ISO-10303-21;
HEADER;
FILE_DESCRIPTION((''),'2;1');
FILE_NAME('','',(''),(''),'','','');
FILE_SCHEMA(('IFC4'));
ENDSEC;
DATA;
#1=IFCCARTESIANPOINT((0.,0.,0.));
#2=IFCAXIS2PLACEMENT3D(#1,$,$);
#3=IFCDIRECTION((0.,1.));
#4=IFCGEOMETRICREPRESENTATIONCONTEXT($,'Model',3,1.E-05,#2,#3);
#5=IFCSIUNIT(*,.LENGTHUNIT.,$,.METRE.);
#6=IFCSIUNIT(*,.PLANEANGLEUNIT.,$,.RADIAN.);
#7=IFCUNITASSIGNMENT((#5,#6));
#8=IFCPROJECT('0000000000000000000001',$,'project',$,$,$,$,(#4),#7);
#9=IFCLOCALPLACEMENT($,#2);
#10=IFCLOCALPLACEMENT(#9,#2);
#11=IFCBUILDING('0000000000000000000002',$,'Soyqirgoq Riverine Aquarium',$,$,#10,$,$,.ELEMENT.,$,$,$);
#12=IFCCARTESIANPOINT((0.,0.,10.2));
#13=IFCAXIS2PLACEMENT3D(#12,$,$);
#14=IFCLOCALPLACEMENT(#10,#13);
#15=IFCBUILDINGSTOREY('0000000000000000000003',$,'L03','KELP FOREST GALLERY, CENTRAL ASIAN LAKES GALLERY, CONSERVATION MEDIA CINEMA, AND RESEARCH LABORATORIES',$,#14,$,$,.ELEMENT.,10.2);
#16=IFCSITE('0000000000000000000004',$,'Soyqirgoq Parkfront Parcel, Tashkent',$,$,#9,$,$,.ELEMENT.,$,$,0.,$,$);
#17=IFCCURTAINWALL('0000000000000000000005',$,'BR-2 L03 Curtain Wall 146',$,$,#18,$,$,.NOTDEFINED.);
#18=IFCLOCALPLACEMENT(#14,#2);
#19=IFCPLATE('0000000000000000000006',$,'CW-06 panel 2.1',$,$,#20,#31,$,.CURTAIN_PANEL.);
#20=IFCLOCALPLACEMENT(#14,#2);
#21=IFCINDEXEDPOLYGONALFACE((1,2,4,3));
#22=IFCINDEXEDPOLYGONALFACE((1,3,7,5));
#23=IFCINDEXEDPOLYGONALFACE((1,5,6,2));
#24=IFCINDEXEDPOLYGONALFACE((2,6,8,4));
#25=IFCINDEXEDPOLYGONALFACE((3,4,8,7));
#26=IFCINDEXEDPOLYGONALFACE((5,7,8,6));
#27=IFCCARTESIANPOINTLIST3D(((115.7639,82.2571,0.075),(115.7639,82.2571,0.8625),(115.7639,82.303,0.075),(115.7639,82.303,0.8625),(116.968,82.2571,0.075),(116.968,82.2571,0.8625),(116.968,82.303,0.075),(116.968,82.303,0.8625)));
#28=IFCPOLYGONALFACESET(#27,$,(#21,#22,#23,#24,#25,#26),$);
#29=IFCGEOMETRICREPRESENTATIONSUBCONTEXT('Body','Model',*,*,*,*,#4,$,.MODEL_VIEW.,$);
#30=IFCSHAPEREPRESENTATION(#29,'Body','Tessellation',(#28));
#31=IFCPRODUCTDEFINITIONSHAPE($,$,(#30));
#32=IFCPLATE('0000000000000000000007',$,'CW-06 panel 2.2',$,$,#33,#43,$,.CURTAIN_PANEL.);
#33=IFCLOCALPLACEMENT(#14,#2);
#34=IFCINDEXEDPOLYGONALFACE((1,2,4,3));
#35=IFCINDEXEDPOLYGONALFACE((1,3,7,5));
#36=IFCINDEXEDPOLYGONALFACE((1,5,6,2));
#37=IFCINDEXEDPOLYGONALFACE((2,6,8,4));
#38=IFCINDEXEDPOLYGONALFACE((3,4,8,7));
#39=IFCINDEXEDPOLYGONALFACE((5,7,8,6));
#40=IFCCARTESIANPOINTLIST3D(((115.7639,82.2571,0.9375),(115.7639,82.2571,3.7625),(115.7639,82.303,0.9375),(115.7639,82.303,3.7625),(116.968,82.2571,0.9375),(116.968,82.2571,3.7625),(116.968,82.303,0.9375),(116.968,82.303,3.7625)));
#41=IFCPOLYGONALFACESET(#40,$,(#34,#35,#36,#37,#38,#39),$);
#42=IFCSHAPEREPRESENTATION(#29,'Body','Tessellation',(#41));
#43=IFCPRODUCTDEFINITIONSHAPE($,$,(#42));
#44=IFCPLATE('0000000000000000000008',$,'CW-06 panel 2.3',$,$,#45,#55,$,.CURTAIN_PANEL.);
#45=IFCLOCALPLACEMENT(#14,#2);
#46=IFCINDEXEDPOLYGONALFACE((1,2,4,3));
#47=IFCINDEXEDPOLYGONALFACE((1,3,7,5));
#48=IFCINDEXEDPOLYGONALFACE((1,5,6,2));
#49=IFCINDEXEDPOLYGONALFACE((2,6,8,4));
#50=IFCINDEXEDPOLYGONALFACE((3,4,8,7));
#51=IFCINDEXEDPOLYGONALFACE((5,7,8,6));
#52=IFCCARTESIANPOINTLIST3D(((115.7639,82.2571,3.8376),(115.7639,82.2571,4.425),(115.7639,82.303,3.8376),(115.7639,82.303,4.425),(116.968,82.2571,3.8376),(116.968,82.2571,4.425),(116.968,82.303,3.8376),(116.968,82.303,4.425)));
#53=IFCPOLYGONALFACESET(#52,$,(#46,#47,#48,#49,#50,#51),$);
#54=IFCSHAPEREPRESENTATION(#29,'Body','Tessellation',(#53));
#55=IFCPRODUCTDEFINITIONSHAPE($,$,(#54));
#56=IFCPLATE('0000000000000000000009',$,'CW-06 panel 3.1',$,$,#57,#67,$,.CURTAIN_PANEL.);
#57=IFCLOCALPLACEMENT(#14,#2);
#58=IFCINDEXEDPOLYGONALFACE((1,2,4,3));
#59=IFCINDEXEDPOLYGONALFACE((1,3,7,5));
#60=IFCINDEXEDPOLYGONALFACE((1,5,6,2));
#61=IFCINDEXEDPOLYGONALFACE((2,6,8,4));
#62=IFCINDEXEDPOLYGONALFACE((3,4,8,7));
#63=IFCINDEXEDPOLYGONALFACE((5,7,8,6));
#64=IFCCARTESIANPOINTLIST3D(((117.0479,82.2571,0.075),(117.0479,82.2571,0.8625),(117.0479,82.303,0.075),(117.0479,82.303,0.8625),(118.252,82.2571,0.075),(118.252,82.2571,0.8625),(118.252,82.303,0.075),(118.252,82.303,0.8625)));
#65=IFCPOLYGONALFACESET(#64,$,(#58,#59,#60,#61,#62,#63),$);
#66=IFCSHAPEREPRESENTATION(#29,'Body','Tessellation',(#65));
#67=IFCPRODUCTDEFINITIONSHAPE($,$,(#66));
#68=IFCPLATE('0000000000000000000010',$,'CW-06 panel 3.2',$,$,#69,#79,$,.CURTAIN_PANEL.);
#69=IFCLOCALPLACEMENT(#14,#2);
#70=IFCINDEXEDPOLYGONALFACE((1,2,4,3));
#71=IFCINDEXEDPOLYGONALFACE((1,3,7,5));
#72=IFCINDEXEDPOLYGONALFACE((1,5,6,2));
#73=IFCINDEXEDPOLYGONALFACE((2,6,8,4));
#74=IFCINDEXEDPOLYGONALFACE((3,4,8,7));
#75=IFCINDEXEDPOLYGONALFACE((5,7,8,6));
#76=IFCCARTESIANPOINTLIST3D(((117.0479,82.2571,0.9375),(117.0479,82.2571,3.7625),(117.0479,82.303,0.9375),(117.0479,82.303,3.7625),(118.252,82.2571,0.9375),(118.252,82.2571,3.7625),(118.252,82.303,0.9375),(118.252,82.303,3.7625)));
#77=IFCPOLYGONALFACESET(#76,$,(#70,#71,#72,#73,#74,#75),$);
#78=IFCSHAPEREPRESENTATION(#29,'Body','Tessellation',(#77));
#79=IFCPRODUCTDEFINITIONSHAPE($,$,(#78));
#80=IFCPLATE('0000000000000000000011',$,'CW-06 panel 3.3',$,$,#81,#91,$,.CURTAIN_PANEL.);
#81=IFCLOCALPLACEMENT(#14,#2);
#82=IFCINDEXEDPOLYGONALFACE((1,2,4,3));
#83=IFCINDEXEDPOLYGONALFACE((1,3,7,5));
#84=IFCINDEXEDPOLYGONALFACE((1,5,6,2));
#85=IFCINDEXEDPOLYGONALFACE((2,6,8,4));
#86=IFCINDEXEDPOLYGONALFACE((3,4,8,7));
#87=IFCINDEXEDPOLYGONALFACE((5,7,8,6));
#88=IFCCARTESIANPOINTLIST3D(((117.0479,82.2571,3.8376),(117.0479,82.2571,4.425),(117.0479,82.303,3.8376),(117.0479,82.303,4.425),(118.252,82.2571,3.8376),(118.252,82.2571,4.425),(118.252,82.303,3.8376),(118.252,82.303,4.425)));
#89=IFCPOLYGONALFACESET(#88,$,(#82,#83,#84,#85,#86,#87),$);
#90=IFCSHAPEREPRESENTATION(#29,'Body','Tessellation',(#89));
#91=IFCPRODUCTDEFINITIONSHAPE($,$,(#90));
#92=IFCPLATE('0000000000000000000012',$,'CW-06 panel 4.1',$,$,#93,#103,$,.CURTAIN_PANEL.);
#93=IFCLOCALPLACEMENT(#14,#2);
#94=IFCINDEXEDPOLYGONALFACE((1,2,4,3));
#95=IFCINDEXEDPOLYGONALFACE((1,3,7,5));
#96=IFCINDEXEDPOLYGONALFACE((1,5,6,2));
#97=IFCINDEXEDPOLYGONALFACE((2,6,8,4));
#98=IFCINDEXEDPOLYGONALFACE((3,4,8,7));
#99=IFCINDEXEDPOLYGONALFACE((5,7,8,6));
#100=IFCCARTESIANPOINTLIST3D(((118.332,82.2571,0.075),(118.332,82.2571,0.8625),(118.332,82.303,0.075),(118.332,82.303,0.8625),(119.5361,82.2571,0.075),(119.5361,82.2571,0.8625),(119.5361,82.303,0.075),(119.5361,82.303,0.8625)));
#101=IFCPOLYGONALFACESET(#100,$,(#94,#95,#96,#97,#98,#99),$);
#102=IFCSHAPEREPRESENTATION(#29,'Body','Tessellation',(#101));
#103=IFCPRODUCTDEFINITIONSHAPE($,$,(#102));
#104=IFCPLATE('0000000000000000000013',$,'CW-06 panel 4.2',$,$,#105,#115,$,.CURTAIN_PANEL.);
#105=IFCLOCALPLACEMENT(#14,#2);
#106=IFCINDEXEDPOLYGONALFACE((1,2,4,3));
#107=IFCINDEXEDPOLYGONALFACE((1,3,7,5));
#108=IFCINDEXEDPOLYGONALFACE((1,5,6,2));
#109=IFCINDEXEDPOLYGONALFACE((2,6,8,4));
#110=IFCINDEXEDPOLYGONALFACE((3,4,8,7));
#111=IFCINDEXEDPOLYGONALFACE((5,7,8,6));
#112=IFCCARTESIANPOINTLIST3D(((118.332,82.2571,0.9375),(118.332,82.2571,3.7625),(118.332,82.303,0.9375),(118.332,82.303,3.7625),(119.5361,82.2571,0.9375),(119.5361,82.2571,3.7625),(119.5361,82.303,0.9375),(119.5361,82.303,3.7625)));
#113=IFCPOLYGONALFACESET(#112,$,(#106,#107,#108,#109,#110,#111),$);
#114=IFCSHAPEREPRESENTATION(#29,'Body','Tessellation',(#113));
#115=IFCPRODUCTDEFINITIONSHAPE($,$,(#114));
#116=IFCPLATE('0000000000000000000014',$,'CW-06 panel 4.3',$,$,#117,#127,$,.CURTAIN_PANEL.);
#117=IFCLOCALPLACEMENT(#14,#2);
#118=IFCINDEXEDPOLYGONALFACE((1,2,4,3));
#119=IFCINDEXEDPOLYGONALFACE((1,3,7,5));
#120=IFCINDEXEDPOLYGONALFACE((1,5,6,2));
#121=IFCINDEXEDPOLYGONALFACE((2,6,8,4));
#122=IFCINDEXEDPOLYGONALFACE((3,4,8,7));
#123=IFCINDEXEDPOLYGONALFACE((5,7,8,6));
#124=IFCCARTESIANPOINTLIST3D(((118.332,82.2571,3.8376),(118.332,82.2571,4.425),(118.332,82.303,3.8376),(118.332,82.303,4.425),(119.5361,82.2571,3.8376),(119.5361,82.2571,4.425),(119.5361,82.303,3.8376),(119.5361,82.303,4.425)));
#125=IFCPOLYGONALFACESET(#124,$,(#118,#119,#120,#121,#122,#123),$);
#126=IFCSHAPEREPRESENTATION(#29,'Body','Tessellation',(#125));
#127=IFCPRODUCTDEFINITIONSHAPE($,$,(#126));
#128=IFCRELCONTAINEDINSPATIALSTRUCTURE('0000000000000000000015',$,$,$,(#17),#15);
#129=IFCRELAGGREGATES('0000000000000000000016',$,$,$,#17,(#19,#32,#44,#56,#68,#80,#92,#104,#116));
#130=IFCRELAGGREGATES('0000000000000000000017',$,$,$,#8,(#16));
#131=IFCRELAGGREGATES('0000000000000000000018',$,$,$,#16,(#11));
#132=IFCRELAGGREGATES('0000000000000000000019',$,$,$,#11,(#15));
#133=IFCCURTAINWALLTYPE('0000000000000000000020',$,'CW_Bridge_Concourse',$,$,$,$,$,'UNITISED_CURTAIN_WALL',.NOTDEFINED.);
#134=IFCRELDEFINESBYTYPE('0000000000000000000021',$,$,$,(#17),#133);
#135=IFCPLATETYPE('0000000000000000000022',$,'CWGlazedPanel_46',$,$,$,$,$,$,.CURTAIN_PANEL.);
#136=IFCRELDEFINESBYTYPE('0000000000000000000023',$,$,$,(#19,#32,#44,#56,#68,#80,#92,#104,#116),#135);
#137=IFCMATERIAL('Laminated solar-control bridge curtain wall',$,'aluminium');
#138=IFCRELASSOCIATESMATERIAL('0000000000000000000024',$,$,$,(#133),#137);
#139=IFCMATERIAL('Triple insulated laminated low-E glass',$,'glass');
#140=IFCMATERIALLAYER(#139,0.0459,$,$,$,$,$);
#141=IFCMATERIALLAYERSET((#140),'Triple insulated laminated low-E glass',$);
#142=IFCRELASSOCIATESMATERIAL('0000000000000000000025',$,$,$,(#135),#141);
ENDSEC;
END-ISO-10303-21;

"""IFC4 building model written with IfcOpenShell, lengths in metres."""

from ifc_helpers import new_model, si_unit, direction, frame, origin, origin_2d, place, context, subcontext, project, spatial, rectangle, extrude, material, layer, layer_set, type_object, element, aggregate, save


model = new_model("IFC4")

# Units and contexts
model_context = context("Model", 3, precision=1e-05, world=origin(), true_north=direction((0.0, 1.0)))
body_context = subcontext(model_context, "Body", "Model", "MODEL_VIEW")
ifc_project = project(units=[si_unit("LENGTHUNIT", "METRE"), si_unit("PLANEANGLEUNIT", "RADIAN")], contexts=[model_context])

# Site, building, storey
site_placement = place(None, origin())
site = spatial("IfcSite", under=ifc_project, at=site_placement, Name="Soyqirgoq Parkfront Parcel, Tashkent", CompositionType="ELEMENT", RefElevation=0.0)
building_placement = place(site_placement, origin())
building = spatial("IfcBuilding", under=site, at=building_placement, Name="Soyqirgoq Riverine Aquarium", CompositionType="ELEMENT")
storey_placement = place(building_placement, frame((0.0, 0.0, 10.2)))
storey = spatial("IfcBuildingStorey", under=building, at=storey_placement, Name="L03", Description="KELP FOREST GALLERY, CENTRAL ASIAN LAKES GALLERY, CONSERVATION MEDIA CINEMA, AND RESEARCH LABORATORIES", CompositionType="ELEMENT", Elevation=10.2)

# Shared definitions
ifc_material_1 = material(Name="Laminated solar-control bridge curtain wall", Category="aluminium")
curtain_wall_type = type_object("IfcCurtainWallType", Name="CW_Bridge_Concourse", ElementType="UNITISED_CURTAIN_WALL", PredefinedType="NOTDEFINED", material=ifc_material_1)

# Curtain wall
curtain_wall_1_placement = place(storey_placement, origin())
curtain_wall_1 = element("IfcCurtainWall", 1, at=curtain_wall_1_placement, inside=storey, type_object=curtain_wall_type, Name="BR-2 L03 Curtain Wall 146", PredefinedType="NOTDEFINED")

# Plates
ifc_material_2 = material(Name="Triple insulated laminated low-E glass", Category="glass")
ifc_layer = layer(ifc_material_2, 0.0459)
ifc_layer_set = layer_set([ifc_layer], Name="Triple insulated laminated low-E glass")
plate_type = type_object("IfcPlateType", Name="CWGlazedPanel_46", PredefinedType="CURTAIN_PANEL", material=ifc_layer_set)
plate_1_placement = place(storey_placement, frame((116.366, 82.28, 0.075), z_axis=(0.0, 0.0, 1.0), x_axis=(1.0, 0.0, 0.0)))
plate_1 = element("IfcPlate", 2, at=plate_1_placement, type_object=plate_type, Name="CW-06 panel 2.1", PredefinedType="CURTAIN_PANEL", context=body_context, shape_type="SweptSolid", body=[
    extrude(rectangle(XDim=1.2041, YDim=0.0459, at=origin_2d()), origin(), (0.0, 0.0, 1.0), 0.7876),
])
plate_2_placement = place(storey_placement, frame((116.366, 82.28, 0.9375), z_axis=(0.0, 0.0, 1.0), x_axis=(1.0, 0.0, 0.0)))
plate_2 = element("IfcPlate", 3, at=plate_2_placement, type_object=plate_type, Name="CW-06 panel 2.2", PredefinedType="CURTAIN_PANEL", context=body_context, shape_type="SweptSolid", body=[
    extrude(rectangle(XDim=1.2041, YDim=0.0459, at=origin_2d()), origin(), (0.0, 0.0, 1.0), 2.825),
])
plate_3_placement = place(storey_placement, frame((116.366, 82.28, 3.8376), z_axis=(0.0, 0.0, 1.0), x_axis=(1.0, 0.0, 0.0)))
plate_3 = element("IfcPlate", 4, at=plate_3_placement, type_object=plate_type, Name="CW-06 panel 2.3", PredefinedType="CURTAIN_PANEL", context=body_context, shape_type="SweptSolid", body=[
    extrude(rectangle(XDim=1.2041, YDim=0.0459, at=origin_2d()), origin(), (0.0, 0.0, 1.0), 0.5874),
])
plate_4_placement = place(storey_placement, frame((117.6499, 82.28, 0.075), z_axis=(0.0, 0.0, 1.0), x_axis=(1.0, 0.0, 0.0)))
plate_4 = element("IfcPlate", 5, at=plate_4_placement, type_object=plate_type, Name="CW-06 panel 3.1", PredefinedType="CURTAIN_PANEL", context=body_context, shape_type="SweptSolid", body=[
    extrude(rectangle(XDim=1.2041, YDim=0.0459, at=origin_2d()), origin(), (0.0, 0.0, 1.0), 0.7876),
])
plate_5_placement = place(storey_placement, frame((117.6499, 82.28, 0.9375), z_axis=(0.0, 0.0, 1.0), x_axis=(1.0, 0.0, 0.0)))
plate_5 = element("IfcPlate", 6, at=plate_5_placement, type_object=plate_type, Name="CW-06 panel 3.2", PredefinedType="CURTAIN_PANEL", context=body_context, shape_type="SweptSolid", body=[
    extrude(rectangle(XDim=1.2041, YDim=0.0459, at=origin_2d()), origin(), (0.0, 0.0, 1.0), 2.825),
])
plate_6_placement = place(storey_placement, frame((117.6499, 82.28, 3.8376), z_axis=(0.0, 0.0, 1.0), x_axis=(1.0, 0.0, 0.0)))
plate_6 = element("IfcPlate", 7, at=plate_6_placement, type_object=plate_type, Name="CW-06 panel 3.3", PredefinedType="CURTAIN_PANEL", context=body_context, shape_type="SweptSolid", body=[
    extrude(rectangle(XDim=1.2041, YDim=0.0459, at=origin_2d()), origin(), (0.0, 0.0, 1.0), 0.5874),
])
plate_7_placement = place(storey_placement, frame((118.9341, 82.28, 0.075), z_axis=(0.0, 0.0, 1.0), x_axis=(1.0, 0.0, 0.0)))
plate_7 = element("IfcPlate", 8, at=plate_7_placement, type_object=plate_type, Name="CW-06 panel 4.1", PredefinedType="CURTAIN_PANEL", context=body_context, shape_type="SweptSolid", body=[
    extrude(rectangle(XDim=1.2041, YDim=0.0459, at=origin_2d()), origin(), (0.0, 0.0, 1.0), 0.7876),
])
plate_8_placement = place(storey_placement, frame((118.9341, 82.28, 0.9375), z_axis=(0.0, 0.0, 1.0), x_axis=(1.0, 0.0, 0.0)))
plate_8 = element("IfcPlate", 9, at=plate_8_placement, type_object=plate_type, Name="CW-06 panel 4.2", PredefinedType="CURTAIN_PANEL", context=body_context, shape_type="SweptSolid", body=[
    extrude(rectangle(XDim=1.2041, YDim=0.0459, at=origin_2d()), origin(), (0.0, 0.0, 1.0), 2.825),
])
plate_9_placement = place(storey_placement, frame((118.9341, 82.28, 3.8376), z_axis=(0.0, 0.0, 1.0), x_axis=(1.0, 0.0, 0.0)))
plate_9 = element("IfcPlate", 10, at=plate_9_placement, type_object=plate_type, Name="CW-06 panel 4.3", PredefinedType="CURTAIN_PANEL", context=body_context, shape_type="SweptSolid", body=[
    extrude(rectangle(XDim=1.2041, YDim=0.0459, at=origin_2d()), origin(), (0.0, 0.0, 1.0), 0.5874),
])
aggregate(curtain_wall_1, [plate_1, plate_2, plate_3, plate_4, plate_5, plate_6, plate_7, plate_8, plate_9])

save(model, "model.ifc")
